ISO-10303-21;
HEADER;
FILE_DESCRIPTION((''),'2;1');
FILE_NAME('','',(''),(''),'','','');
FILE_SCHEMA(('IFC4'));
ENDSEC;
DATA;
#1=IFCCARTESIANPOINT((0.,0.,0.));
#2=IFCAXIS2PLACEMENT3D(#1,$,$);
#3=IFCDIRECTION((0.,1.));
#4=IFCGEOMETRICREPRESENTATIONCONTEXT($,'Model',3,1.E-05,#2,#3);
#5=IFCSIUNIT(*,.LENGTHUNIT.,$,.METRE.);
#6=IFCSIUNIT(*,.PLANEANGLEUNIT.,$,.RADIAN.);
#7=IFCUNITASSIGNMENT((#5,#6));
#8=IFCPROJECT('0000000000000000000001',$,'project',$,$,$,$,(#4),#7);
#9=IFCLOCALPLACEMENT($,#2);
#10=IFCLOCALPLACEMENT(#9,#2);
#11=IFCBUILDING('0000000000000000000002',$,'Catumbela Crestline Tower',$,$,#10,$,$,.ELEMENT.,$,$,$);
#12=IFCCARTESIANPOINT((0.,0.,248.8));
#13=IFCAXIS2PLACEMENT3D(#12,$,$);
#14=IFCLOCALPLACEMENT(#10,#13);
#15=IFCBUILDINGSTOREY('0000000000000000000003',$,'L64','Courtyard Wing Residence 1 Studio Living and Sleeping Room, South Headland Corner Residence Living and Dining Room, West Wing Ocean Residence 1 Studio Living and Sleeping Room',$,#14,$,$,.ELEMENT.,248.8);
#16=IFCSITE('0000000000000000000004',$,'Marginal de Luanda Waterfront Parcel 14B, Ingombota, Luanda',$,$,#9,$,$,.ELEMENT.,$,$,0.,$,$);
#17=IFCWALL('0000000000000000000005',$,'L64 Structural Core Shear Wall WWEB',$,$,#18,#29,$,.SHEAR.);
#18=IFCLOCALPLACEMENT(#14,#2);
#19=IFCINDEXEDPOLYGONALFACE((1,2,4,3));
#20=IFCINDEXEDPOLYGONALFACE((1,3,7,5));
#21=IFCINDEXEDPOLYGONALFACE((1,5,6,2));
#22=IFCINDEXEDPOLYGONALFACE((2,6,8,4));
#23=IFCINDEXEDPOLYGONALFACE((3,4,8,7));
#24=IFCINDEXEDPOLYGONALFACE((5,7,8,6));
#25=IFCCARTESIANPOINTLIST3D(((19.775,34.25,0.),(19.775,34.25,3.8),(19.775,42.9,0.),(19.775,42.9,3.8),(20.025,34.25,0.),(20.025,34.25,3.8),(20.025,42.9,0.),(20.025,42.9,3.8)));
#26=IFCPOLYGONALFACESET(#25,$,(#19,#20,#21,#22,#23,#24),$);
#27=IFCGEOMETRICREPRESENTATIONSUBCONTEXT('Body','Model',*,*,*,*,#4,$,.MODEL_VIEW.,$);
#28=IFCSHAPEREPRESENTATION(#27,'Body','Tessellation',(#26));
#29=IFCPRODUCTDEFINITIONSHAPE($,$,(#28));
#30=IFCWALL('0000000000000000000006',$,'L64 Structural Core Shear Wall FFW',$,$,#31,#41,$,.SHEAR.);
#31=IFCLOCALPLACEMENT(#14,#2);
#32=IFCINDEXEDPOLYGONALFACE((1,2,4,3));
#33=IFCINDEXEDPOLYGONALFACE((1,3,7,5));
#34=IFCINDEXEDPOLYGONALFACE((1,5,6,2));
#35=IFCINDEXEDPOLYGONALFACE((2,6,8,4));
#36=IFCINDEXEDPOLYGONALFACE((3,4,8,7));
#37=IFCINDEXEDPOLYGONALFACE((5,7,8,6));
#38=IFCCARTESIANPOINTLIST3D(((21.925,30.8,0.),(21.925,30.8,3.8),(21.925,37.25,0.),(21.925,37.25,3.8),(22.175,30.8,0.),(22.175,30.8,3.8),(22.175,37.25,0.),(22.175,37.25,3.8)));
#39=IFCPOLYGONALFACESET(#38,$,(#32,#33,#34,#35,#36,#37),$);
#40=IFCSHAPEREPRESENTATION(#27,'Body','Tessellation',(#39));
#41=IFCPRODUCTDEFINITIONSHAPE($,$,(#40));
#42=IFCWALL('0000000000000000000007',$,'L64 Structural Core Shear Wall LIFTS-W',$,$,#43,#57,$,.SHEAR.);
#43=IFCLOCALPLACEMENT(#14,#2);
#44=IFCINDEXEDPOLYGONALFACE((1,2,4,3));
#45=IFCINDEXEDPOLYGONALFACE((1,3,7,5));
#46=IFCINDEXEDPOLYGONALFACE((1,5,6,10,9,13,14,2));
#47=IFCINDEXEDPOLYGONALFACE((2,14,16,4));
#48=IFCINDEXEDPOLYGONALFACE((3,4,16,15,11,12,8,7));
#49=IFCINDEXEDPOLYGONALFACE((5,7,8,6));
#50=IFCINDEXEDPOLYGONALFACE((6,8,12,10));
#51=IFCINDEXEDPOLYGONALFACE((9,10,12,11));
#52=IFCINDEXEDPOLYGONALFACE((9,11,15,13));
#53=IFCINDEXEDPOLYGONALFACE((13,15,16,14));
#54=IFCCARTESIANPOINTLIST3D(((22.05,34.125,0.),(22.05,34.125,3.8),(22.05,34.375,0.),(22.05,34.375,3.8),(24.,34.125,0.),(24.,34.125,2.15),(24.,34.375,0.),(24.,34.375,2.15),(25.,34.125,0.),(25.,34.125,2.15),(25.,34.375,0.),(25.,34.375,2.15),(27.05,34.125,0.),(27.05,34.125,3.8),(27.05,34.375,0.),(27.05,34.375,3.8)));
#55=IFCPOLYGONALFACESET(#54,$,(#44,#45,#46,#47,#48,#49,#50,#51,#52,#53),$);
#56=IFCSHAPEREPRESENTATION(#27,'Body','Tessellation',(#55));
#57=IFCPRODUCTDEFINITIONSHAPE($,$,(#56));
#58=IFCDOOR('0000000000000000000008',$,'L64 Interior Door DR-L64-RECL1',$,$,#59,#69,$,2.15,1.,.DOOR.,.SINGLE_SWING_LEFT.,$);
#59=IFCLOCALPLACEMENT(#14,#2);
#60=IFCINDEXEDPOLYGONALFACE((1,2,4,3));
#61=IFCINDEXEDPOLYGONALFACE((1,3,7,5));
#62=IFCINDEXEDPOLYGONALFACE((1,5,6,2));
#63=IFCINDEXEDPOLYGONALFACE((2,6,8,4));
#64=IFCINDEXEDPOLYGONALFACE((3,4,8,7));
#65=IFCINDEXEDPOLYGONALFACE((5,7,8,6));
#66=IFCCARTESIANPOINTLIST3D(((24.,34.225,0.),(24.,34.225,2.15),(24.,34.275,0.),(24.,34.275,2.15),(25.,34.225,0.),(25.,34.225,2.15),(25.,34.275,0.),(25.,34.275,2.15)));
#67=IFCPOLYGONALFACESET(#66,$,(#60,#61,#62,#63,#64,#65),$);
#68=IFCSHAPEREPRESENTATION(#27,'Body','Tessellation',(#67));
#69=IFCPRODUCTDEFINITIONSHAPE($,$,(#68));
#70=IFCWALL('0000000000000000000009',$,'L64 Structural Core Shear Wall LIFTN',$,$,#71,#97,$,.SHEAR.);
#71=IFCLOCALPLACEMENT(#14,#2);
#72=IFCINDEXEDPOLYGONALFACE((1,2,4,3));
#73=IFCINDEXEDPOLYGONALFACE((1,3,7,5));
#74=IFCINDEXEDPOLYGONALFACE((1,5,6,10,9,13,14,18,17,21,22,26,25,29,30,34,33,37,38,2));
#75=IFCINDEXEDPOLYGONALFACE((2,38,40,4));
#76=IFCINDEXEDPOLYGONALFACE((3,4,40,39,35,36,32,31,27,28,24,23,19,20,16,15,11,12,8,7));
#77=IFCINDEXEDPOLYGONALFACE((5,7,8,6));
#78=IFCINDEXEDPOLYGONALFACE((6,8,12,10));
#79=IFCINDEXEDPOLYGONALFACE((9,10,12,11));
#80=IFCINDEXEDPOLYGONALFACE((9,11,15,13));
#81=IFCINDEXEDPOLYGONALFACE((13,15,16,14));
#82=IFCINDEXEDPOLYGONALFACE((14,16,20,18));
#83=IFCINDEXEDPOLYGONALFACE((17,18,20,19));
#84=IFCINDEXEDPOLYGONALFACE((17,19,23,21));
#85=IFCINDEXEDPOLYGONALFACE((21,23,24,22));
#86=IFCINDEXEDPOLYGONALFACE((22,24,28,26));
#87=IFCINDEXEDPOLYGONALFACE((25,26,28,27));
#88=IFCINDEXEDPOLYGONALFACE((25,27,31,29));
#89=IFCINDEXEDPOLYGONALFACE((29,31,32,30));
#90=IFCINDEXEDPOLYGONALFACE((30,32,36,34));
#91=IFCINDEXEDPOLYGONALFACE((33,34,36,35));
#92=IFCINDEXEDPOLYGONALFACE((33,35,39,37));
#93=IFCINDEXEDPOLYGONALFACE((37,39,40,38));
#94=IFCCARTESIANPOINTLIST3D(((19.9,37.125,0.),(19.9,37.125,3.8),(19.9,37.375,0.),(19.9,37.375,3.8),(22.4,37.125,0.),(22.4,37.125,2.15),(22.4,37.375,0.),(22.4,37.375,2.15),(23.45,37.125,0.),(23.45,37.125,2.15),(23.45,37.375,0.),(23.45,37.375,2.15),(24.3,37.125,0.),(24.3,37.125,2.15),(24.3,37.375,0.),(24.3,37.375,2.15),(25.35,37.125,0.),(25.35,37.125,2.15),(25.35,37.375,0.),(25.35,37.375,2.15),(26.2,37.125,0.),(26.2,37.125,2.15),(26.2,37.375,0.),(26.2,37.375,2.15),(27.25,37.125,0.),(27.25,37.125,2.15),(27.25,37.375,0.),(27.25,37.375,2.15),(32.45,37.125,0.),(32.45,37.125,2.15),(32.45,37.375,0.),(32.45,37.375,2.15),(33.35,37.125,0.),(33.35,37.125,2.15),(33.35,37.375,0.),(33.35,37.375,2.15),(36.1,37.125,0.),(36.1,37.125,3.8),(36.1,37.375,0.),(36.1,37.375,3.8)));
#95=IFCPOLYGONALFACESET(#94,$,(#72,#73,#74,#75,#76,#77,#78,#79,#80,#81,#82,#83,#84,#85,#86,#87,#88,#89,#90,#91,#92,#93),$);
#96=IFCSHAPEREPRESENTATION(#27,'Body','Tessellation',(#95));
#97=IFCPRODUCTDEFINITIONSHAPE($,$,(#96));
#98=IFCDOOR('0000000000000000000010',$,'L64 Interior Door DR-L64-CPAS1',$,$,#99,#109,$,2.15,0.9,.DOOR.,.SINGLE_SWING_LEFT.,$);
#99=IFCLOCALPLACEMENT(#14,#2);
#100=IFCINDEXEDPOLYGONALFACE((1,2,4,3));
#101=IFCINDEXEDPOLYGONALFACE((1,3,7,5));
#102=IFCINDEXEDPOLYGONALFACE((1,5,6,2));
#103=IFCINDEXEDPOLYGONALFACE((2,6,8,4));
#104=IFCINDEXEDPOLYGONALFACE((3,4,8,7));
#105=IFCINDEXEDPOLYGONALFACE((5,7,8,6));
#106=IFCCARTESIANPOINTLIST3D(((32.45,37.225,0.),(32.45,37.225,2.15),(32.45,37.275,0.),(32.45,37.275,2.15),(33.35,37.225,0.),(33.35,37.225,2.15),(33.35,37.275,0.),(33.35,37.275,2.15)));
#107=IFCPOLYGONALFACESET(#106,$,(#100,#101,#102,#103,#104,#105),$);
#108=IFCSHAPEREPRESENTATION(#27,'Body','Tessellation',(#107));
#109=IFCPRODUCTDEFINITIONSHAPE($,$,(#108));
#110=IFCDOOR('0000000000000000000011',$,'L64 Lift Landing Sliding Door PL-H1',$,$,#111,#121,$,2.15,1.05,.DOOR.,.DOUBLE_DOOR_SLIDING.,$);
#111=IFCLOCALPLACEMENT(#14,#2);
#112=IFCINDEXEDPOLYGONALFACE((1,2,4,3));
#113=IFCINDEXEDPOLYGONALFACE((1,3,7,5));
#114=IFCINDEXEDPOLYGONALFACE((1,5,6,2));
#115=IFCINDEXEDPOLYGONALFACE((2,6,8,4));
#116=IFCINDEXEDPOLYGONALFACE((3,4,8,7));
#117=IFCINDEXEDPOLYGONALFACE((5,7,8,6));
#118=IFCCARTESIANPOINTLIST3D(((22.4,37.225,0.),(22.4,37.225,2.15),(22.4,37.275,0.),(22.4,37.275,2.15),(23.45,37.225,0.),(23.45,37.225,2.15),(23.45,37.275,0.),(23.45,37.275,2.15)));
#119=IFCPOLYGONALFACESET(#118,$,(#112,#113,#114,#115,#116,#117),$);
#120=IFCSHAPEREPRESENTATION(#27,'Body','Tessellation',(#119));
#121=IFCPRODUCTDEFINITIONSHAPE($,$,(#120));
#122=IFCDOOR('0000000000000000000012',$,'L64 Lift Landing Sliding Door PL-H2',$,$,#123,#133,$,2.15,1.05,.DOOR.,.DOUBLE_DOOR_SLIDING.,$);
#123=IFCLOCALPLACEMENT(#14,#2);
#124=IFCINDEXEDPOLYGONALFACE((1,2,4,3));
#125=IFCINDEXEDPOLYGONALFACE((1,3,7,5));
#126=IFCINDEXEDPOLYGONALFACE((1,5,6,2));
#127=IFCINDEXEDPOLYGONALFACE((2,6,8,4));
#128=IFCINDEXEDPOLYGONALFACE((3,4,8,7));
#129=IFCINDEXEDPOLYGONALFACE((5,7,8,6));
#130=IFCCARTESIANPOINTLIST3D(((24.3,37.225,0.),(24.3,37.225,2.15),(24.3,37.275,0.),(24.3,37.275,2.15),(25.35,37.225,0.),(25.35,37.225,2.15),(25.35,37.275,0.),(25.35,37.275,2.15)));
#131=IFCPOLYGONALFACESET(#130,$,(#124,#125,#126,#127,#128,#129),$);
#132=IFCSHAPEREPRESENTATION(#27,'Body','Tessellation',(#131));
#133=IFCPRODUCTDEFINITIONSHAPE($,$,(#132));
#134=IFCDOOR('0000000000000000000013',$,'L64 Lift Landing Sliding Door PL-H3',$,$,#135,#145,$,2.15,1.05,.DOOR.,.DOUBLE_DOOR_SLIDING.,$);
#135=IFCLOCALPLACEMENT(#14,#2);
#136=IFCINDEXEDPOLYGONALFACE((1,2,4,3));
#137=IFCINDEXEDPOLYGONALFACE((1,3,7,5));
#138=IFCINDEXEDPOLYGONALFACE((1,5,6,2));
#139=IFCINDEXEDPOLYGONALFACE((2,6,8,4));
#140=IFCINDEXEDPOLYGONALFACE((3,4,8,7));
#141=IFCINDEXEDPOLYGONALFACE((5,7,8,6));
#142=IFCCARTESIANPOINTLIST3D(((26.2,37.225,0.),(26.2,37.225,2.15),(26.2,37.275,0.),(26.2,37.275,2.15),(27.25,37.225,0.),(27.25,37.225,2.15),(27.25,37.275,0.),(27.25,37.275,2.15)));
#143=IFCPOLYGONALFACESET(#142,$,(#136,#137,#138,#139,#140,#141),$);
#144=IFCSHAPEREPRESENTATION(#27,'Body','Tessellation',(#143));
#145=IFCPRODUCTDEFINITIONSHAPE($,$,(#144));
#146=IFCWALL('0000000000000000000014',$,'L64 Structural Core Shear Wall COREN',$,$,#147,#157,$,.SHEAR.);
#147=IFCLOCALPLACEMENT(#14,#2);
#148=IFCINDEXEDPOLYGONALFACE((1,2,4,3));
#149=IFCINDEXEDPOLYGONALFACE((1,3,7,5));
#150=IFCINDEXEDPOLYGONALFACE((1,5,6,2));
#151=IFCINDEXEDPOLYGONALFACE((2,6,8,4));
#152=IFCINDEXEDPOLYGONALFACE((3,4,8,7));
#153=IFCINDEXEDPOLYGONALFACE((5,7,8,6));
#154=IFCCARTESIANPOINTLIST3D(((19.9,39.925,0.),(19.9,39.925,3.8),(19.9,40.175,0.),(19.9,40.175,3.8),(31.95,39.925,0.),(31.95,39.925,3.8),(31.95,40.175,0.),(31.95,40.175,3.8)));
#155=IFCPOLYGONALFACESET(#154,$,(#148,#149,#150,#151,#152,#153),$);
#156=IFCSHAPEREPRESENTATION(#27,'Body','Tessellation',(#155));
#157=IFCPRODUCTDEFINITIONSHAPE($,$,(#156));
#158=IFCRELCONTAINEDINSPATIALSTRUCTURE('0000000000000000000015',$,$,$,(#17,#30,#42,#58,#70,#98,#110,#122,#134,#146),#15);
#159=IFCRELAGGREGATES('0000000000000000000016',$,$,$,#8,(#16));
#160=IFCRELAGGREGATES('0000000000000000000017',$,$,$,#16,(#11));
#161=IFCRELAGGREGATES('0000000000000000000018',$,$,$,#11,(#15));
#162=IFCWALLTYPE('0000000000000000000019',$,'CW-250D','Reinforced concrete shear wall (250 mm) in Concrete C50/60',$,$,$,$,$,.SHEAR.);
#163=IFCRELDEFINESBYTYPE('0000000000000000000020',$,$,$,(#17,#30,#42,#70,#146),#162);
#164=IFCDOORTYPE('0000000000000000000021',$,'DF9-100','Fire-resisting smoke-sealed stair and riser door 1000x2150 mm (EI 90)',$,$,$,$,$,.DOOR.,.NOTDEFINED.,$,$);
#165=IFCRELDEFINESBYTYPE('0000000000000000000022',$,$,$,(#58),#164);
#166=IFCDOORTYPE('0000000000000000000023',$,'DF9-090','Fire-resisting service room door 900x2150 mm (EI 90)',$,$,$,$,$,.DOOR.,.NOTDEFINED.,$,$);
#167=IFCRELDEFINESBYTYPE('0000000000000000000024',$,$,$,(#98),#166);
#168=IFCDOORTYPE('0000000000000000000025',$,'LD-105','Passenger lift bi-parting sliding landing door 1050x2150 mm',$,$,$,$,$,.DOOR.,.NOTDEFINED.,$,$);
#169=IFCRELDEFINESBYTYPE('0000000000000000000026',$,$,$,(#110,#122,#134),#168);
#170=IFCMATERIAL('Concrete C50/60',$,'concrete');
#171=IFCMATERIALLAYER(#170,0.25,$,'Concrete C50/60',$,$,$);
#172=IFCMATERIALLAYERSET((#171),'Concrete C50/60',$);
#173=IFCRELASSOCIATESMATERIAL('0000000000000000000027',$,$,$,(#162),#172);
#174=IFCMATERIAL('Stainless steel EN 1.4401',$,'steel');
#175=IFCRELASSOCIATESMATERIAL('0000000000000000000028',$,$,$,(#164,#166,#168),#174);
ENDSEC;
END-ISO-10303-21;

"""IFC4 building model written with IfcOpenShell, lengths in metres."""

from ifc_helpers import new_model, si_unit, direction, frame, frame_2d, origin, place, context, subcontext, project, spatial, rectangle, extrude, material, layer, layer_set, type_object, element, fill, save


model = new_model("IFC4")

# Units and contexts
model_context = context("Model", 3, precision=1e-05, world=origin(), true_north=direction((0.0, 1.0)))
body_context = subcontext(model_context, "Body", "Model", "MODEL_VIEW")
ifc_project = project(units=[si_unit("LENGTHUNIT", "METRE"), si_unit("PLANEANGLEUNIT", "RADIAN")], contexts=[model_context])

# Site, building, storey
site_placement = place(None, origin())
site = spatial("IfcSite", under=ifc_project, at=site_placement, Name="Marginal de Luanda Waterfront Parcel 14B, Ingombota, Luanda", CompositionType="ELEMENT", RefElevation=0.0)
building_placement = place(site_placement, origin())
building = spatial("IfcBuilding", under=site, at=building_placement, Name="Catumbela Crestline Tower", CompositionType="ELEMENT")
storey_placement = place(building_placement, frame((0.0, 0.0, 248.8)))
storey = spatial("IfcBuildingStorey", under=building, at=storey_placement, Name="L64", Description="Courtyard Wing Residence 1 Studio Living and Sleeping Room, South Headland Corner Residence Living and Dining Room, West Wing Ocean Residence 1 Studio Living and Sleeping Room", CompositionType="ELEMENT", Elevation=248.8)

# Walls
ifc_material_1 = material(Name="Concrete C50/60", Category="concrete")
ifc_layer_1 = layer(ifc_material_1, 0.25, Name="Concrete C50/60")
ifc_layer_set_1 = layer_set([ifc_layer_1], Name="Concrete C50/60")
wall_type_1 = type_object("IfcWallType", Name="CW-250D", Description="Reinforced concrete shear wall (250 mm) in Concrete C50/60", PredefinedType="SHEAR", material=ifc_layer_set_1)
wall_1_placement = place(storey_placement, frame((19.9, 34.25, 0.0), z_axis=(0.0, 0.0, 1.0), x_axis=(0.0, 1.0, 0.0)))
element("IfcWall", 1, at=wall_1_placement, inside=storey, type_object=wall_type_1, Name="L64 Structural Core Shear Wall WWEB", PredefinedType="SHEAR", context=body_context, shape_type="SweptSolid", body=[
    extrude(rectangle(XDim=8.65, YDim=0.25, at=frame_2d((4.325, 0.0))), origin(), (0.0, 0.0, 1.0), 3.8),
])
wall_2_placement = place(storey_placement, frame((22.05, 30.8, 0.0), z_axis=(0.0, 0.0, 1.0), x_axis=(0.0, 1.0, 0.0)))
element("IfcWall", 2, at=wall_2_placement, inside=storey, type_object=wall_type_1, Name="L64 Structural Core Shear Wall FFW", PredefinedType="SHEAR", context=body_context, shape_type="SweptSolid", body=[
    extrude(rectangle(XDim=6.45, YDim=0.25, at=frame_2d((3.225, 0.0))), origin(), (0.0, 0.0, 1.0), 3.8),
])

# Wall, opening, door
wall_3_placement = place(storey_placement, frame((22.05, 34.25, 0.0), z_axis=(0.0, 0.0, 1.0), x_axis=(1.0, 0.0, 0.0)))
wall_3 = element("IfcWall", 3, at=wall_3_placement, inside=storey, type_object=wall_type_1, Name="L64 Structural Core Shear Wall LIFTS-W", PredefinedType="SHEAR", context=body_context, shape_type="SweptSolid", body=[
    extrude(rectangle(XDim=5.0, YDim=0.25, at=frame_2d((2.5, 0.0))), origin(), (0.0, 0.0, 1.0), 3.8),
])
opening_1_placement = place(wall_3_placement, frame((1.95, 0.0, 0.0)))
opening_1 = element("IfcOpeningElement", 4, at=opening_1_placement, cuts=wall_3, PredefinedType="OPENING", context=body_context, shape_type="SweptSolid", body=[
    extrude(rectangle(XDim=1.0, YDim=2.15, at=frame_2d((0.5, 1.075))), frame((0.0, 0.135, 0.0), z_axis=(0.0, -1.0, 0.0), x_axis=(1.0, 0.0, 0.0)), (0.0, 0.0, 1.0), 0.27),
])
ifc_material_2 = material(Name="Stainless steel EN 1.4401", Category="steel")
door_type_1 = type_object("IfcDoorType", Name="DF9-100", Description="Fire-resisting smoke-sealed stair and riser door 1000x2150 mm (EI 90)", OperationType="NOTDEFINED", PredefinedType="DOOR", material=ifc_material_2)
door_1_placement = place(opening_1_placement, origin())
door_1 = element("IfcDoor", 5, at=door_1_placement, inside=storey, type_object=door_type_1, Name="L64 Interior Door DR-L64-RECL1", OperationType="SINGLE_SWING_LEFT", OverallHeight=2.15, OverallWidth=1.0, PredefinedType="DOOR", context=body_context, shape_type="SweptSolid", body=[
    extrude(rectangle(XDim=1.0, YDim=2.15, at=frame_2d((0.5, 1.075))), frame((0.0, 0.025, 0.0), z_axis=(0.0, -1.0, 0.0), x_axis=(1.0, 0.0, 0.0)), (0.0, 0.0, 1.0), 0.05),
])
fill(opening_1, door_1)

# Wall, openings, doors
wall_4_placement = place(storey_placement, frame((19.9, 37.25, 0.0), z_axis=(0.0, 0.0, 1.0), x_axis=(1.0, 0.0, 0.0)))
wall_4 = element("IfcWall", 6, at=wall_4_placement, inside=storey, type_object=wall_type_1, Name="L64 Structural Core Shear Wall LIFTN", PredefinedType="SHEAR", context=body_context, shape_type="SweptSolid", body=[
    extrude(rectangle(XDim=16.2, YDim=0.25, at=frame_2d((8.1, 0.0))), origin(), (0.0, 0.0, 1.0), 3.8),
])
opening_2_placement = place(wall_4_placement, frame((12.55, 0.0, 0.0)))
opening_2 = element("IfcOpeningElement", 7, at=opening_2_placement, cuts=wall_4, PredefinedType="OPENING", context=body_context, shape_type="SweptSolid", body=[
    extrude(rectangle(XDim=0.9, YDim=2.15, at=frame_2d((0.45, 1.075))), frame((0.0, 0.135, 0.0), z_axis=(0.0, -1.0, 0.0), x_axis=(1.0, 0.0, 0.0)), (0.0, 0.0, 1.0), 0.27),
])
opening_3_placement = place(wall_4_placement, frame((2.5, 0.0, 0.0)))
opening_3 = element("IfcOpeningElement", 8, at=opening_3_placement, cuts=wall_4, PredefinedType="OPENING", context=body_context, shape_type="SweptSolid", body=[
    extrude(rectangle(XDim=1.05, YDim=2.15, at=frame_2d((0.525, 1.075))), frame((0.0, 0.135, 0.0), z_axis=(0.0, -1.0, 0.0), x_axis=(1.0, 0.0, 0.0)), (0.0, 0.0, 1.0), 0.27),
])
opening_4_placement = place(wall_4_placement, frame((4.4, 0.0, 0.0)))
opening_4 = element("IfcOpeningElement", 9, at=opening_4_placement, cuts=wall_4, PredefinedType="OPENING", context=body_context, shape_type="SweptSolid", body=[
    extrude(rectangle(XDim=1.05, YDim=2.15, at=frame_2d((0.525, 1.075))), frame((0.0, 0.135, 0.0), z_axis=(0.0, -1.0, 0.0), x_axis=(1.0, 0.0, 0.0)), (0.0, 0.0, 1.0), 0.27),
])
opening_5_placement = place(wall_4_placement, frame((6.3, 0.0, 0.0)))
opening_5 = element("IfcOpeningElement", 10, at=opening_5_placement, cuts=wall_4, PredefinedType="OPENING", context=body_context, shape_type="SweptSolid", body=[
    extrude(rectangle(XDim=1.05, YDim=2.15, at=frame_2d((0.525, 1.075))), frame((0.0, 0.135, 0.0), z_axis=(0.0, -1.0, 0.0), x_axis=(1.0, 0.0, 0.0)), (0.0, 0.0, 1.0), 0.27),
])
door_type_2 = type_object("IfcDoorType", Name="DF9-090", Description="Fire-resisting service room door 900x2150 mm (EI 90)", OperationType="NOTDEFINED", PredefinedType="DOOR", material=ifc_material_2)
door_2_placement = place(opening_2_placement, origin())
door_2 = element("IfcDoor", 11, at=door_2_placement, inside=storey, type_object=door_type_2, Name="L64 Interior Door DR-L64-CPAS1", OperationType="SINGLE_SWING_LEFT", OverallHeight=2.15, OverallWidth=0.9, PredefinedType="DOOR", context=body_context, shape_type="SweptSolid", body=[
    extrude(rectangle(XDim=0.9, YDim=2.15, at=frame_2d((0.45, 1.075))), frame((0.0, 0.025, 0.0), z_axis=(0.0, -1.0, 0.0), x_axis=(1.0, 0.0, 0.0)), (0.0, 0.0, 1.0), 0.05),
])
fill(opening_2, door_2)
door_type_3 = type_object("IfcDoorType", Name="LD-105", Description="Passenger lift bi-parting sliding landing door 1050x2150 mm", OperationType="NOTDEFINED", PredefinedType="DOOR", material=ifc_material_2)
door_3_placement = place(opening_3_placement, origin())
door_3 = element("IfcDoor", 12, at=door_3_placement, inside=storey, type_object=door_type_3, Name="L64 Lift Landing Sliding Door PL-H1", OperationType="DOUBLE_DOOR_SLIDING", OverallHeight=2.15, OverallWidth=1.05, PredefinedType="DOOR", context=body_context, shape_type="SweptSolid", body=[
    extrude(rectangle(XDim=1.05, YDim=2.15, at=frame_2d((0.525, 1.075))), frame((0.0, 0.025, 0.0), z_axis=(0.0, -1.0, 0.0), x_axis=(1.0, 0.0, 0.0)), (0.0, 0.0, 1.0), 0.05),
])
fill(opening_3, door_3)
door_4_placement = place(opening_4_placement, origin())
door_4 = element("IfcDoor", 13, at=door_4_placement, inside=storey, type_object=door_type_3, Name="L64 Lift Landing Sliding Door PL-H2", OperationType="DOUBLE_DOOR_SLIDING", OverallHeight=2.15, OverallWidth=1.05, PredefinedType="DOOR", context=body_context, shape_type="SweptSolid", body=[
    extrude(rectangle(XDim=1.05, YDim=2.15, at=frame_2d((0.525, 1.075))), frame((0.0, 0.025, 0.0), z_axis=(0.0, -1.0, 0.0), x_axis=(1.0, 0.0, 0.0)), (0.0, 0.0, 1.0), 0.05),
])
fill(opening_4, door_4)
door_5_placement = place(opening_5_placement, origin())
door_5 = element("IfcDoor", 14, at=door_5_placement, inside=storey, type_object=door_type_3, Name="L64 Lift Landing Sliding Door PL-H3", OperationType="DOUBLE_DOOR_SLIDING", OverallHeight=2.15, OverallWidth=1.05, PredefinedType="DOOR", context=body_context, shape_type="SweptSolid", body=[
    extrude(rectangle(XDim=1.05, YDim=2.15, at=frame_2d((0.525, 1.075))), frame((0.0, 0.025, 0.0), z_axis=(0.0, -1.0, 0.0), x_axis=(1.0, 0.0, 0.0)), (0.0, 0.0, 1.0), 0.05),
])
fill(opening_5, door_5)

# Wall
wall_5_placement = place(storey_placement, frame((19.9, 40.05, 0.0), z_axis=(0.0, 0.0, 1.0), x_axis=(1.0, 0.0, 0.0)))
element("IfcWall", 15, at=wall_5_placement, inside=storey, type_object=wall_type_1, Name="L64 Structural Core Shear Wall COREN", PredefinedType="SHEAR", context=body_context, shape_type="SweptSolid", body=[
    extrude(rectangle(XDim=12.05, YDim=0.25, at=frame_2d((6.025, 0.0))), origin(), (0.0, 0.0, 1.0), 3.8),
])

save(model, "model.ifc")
